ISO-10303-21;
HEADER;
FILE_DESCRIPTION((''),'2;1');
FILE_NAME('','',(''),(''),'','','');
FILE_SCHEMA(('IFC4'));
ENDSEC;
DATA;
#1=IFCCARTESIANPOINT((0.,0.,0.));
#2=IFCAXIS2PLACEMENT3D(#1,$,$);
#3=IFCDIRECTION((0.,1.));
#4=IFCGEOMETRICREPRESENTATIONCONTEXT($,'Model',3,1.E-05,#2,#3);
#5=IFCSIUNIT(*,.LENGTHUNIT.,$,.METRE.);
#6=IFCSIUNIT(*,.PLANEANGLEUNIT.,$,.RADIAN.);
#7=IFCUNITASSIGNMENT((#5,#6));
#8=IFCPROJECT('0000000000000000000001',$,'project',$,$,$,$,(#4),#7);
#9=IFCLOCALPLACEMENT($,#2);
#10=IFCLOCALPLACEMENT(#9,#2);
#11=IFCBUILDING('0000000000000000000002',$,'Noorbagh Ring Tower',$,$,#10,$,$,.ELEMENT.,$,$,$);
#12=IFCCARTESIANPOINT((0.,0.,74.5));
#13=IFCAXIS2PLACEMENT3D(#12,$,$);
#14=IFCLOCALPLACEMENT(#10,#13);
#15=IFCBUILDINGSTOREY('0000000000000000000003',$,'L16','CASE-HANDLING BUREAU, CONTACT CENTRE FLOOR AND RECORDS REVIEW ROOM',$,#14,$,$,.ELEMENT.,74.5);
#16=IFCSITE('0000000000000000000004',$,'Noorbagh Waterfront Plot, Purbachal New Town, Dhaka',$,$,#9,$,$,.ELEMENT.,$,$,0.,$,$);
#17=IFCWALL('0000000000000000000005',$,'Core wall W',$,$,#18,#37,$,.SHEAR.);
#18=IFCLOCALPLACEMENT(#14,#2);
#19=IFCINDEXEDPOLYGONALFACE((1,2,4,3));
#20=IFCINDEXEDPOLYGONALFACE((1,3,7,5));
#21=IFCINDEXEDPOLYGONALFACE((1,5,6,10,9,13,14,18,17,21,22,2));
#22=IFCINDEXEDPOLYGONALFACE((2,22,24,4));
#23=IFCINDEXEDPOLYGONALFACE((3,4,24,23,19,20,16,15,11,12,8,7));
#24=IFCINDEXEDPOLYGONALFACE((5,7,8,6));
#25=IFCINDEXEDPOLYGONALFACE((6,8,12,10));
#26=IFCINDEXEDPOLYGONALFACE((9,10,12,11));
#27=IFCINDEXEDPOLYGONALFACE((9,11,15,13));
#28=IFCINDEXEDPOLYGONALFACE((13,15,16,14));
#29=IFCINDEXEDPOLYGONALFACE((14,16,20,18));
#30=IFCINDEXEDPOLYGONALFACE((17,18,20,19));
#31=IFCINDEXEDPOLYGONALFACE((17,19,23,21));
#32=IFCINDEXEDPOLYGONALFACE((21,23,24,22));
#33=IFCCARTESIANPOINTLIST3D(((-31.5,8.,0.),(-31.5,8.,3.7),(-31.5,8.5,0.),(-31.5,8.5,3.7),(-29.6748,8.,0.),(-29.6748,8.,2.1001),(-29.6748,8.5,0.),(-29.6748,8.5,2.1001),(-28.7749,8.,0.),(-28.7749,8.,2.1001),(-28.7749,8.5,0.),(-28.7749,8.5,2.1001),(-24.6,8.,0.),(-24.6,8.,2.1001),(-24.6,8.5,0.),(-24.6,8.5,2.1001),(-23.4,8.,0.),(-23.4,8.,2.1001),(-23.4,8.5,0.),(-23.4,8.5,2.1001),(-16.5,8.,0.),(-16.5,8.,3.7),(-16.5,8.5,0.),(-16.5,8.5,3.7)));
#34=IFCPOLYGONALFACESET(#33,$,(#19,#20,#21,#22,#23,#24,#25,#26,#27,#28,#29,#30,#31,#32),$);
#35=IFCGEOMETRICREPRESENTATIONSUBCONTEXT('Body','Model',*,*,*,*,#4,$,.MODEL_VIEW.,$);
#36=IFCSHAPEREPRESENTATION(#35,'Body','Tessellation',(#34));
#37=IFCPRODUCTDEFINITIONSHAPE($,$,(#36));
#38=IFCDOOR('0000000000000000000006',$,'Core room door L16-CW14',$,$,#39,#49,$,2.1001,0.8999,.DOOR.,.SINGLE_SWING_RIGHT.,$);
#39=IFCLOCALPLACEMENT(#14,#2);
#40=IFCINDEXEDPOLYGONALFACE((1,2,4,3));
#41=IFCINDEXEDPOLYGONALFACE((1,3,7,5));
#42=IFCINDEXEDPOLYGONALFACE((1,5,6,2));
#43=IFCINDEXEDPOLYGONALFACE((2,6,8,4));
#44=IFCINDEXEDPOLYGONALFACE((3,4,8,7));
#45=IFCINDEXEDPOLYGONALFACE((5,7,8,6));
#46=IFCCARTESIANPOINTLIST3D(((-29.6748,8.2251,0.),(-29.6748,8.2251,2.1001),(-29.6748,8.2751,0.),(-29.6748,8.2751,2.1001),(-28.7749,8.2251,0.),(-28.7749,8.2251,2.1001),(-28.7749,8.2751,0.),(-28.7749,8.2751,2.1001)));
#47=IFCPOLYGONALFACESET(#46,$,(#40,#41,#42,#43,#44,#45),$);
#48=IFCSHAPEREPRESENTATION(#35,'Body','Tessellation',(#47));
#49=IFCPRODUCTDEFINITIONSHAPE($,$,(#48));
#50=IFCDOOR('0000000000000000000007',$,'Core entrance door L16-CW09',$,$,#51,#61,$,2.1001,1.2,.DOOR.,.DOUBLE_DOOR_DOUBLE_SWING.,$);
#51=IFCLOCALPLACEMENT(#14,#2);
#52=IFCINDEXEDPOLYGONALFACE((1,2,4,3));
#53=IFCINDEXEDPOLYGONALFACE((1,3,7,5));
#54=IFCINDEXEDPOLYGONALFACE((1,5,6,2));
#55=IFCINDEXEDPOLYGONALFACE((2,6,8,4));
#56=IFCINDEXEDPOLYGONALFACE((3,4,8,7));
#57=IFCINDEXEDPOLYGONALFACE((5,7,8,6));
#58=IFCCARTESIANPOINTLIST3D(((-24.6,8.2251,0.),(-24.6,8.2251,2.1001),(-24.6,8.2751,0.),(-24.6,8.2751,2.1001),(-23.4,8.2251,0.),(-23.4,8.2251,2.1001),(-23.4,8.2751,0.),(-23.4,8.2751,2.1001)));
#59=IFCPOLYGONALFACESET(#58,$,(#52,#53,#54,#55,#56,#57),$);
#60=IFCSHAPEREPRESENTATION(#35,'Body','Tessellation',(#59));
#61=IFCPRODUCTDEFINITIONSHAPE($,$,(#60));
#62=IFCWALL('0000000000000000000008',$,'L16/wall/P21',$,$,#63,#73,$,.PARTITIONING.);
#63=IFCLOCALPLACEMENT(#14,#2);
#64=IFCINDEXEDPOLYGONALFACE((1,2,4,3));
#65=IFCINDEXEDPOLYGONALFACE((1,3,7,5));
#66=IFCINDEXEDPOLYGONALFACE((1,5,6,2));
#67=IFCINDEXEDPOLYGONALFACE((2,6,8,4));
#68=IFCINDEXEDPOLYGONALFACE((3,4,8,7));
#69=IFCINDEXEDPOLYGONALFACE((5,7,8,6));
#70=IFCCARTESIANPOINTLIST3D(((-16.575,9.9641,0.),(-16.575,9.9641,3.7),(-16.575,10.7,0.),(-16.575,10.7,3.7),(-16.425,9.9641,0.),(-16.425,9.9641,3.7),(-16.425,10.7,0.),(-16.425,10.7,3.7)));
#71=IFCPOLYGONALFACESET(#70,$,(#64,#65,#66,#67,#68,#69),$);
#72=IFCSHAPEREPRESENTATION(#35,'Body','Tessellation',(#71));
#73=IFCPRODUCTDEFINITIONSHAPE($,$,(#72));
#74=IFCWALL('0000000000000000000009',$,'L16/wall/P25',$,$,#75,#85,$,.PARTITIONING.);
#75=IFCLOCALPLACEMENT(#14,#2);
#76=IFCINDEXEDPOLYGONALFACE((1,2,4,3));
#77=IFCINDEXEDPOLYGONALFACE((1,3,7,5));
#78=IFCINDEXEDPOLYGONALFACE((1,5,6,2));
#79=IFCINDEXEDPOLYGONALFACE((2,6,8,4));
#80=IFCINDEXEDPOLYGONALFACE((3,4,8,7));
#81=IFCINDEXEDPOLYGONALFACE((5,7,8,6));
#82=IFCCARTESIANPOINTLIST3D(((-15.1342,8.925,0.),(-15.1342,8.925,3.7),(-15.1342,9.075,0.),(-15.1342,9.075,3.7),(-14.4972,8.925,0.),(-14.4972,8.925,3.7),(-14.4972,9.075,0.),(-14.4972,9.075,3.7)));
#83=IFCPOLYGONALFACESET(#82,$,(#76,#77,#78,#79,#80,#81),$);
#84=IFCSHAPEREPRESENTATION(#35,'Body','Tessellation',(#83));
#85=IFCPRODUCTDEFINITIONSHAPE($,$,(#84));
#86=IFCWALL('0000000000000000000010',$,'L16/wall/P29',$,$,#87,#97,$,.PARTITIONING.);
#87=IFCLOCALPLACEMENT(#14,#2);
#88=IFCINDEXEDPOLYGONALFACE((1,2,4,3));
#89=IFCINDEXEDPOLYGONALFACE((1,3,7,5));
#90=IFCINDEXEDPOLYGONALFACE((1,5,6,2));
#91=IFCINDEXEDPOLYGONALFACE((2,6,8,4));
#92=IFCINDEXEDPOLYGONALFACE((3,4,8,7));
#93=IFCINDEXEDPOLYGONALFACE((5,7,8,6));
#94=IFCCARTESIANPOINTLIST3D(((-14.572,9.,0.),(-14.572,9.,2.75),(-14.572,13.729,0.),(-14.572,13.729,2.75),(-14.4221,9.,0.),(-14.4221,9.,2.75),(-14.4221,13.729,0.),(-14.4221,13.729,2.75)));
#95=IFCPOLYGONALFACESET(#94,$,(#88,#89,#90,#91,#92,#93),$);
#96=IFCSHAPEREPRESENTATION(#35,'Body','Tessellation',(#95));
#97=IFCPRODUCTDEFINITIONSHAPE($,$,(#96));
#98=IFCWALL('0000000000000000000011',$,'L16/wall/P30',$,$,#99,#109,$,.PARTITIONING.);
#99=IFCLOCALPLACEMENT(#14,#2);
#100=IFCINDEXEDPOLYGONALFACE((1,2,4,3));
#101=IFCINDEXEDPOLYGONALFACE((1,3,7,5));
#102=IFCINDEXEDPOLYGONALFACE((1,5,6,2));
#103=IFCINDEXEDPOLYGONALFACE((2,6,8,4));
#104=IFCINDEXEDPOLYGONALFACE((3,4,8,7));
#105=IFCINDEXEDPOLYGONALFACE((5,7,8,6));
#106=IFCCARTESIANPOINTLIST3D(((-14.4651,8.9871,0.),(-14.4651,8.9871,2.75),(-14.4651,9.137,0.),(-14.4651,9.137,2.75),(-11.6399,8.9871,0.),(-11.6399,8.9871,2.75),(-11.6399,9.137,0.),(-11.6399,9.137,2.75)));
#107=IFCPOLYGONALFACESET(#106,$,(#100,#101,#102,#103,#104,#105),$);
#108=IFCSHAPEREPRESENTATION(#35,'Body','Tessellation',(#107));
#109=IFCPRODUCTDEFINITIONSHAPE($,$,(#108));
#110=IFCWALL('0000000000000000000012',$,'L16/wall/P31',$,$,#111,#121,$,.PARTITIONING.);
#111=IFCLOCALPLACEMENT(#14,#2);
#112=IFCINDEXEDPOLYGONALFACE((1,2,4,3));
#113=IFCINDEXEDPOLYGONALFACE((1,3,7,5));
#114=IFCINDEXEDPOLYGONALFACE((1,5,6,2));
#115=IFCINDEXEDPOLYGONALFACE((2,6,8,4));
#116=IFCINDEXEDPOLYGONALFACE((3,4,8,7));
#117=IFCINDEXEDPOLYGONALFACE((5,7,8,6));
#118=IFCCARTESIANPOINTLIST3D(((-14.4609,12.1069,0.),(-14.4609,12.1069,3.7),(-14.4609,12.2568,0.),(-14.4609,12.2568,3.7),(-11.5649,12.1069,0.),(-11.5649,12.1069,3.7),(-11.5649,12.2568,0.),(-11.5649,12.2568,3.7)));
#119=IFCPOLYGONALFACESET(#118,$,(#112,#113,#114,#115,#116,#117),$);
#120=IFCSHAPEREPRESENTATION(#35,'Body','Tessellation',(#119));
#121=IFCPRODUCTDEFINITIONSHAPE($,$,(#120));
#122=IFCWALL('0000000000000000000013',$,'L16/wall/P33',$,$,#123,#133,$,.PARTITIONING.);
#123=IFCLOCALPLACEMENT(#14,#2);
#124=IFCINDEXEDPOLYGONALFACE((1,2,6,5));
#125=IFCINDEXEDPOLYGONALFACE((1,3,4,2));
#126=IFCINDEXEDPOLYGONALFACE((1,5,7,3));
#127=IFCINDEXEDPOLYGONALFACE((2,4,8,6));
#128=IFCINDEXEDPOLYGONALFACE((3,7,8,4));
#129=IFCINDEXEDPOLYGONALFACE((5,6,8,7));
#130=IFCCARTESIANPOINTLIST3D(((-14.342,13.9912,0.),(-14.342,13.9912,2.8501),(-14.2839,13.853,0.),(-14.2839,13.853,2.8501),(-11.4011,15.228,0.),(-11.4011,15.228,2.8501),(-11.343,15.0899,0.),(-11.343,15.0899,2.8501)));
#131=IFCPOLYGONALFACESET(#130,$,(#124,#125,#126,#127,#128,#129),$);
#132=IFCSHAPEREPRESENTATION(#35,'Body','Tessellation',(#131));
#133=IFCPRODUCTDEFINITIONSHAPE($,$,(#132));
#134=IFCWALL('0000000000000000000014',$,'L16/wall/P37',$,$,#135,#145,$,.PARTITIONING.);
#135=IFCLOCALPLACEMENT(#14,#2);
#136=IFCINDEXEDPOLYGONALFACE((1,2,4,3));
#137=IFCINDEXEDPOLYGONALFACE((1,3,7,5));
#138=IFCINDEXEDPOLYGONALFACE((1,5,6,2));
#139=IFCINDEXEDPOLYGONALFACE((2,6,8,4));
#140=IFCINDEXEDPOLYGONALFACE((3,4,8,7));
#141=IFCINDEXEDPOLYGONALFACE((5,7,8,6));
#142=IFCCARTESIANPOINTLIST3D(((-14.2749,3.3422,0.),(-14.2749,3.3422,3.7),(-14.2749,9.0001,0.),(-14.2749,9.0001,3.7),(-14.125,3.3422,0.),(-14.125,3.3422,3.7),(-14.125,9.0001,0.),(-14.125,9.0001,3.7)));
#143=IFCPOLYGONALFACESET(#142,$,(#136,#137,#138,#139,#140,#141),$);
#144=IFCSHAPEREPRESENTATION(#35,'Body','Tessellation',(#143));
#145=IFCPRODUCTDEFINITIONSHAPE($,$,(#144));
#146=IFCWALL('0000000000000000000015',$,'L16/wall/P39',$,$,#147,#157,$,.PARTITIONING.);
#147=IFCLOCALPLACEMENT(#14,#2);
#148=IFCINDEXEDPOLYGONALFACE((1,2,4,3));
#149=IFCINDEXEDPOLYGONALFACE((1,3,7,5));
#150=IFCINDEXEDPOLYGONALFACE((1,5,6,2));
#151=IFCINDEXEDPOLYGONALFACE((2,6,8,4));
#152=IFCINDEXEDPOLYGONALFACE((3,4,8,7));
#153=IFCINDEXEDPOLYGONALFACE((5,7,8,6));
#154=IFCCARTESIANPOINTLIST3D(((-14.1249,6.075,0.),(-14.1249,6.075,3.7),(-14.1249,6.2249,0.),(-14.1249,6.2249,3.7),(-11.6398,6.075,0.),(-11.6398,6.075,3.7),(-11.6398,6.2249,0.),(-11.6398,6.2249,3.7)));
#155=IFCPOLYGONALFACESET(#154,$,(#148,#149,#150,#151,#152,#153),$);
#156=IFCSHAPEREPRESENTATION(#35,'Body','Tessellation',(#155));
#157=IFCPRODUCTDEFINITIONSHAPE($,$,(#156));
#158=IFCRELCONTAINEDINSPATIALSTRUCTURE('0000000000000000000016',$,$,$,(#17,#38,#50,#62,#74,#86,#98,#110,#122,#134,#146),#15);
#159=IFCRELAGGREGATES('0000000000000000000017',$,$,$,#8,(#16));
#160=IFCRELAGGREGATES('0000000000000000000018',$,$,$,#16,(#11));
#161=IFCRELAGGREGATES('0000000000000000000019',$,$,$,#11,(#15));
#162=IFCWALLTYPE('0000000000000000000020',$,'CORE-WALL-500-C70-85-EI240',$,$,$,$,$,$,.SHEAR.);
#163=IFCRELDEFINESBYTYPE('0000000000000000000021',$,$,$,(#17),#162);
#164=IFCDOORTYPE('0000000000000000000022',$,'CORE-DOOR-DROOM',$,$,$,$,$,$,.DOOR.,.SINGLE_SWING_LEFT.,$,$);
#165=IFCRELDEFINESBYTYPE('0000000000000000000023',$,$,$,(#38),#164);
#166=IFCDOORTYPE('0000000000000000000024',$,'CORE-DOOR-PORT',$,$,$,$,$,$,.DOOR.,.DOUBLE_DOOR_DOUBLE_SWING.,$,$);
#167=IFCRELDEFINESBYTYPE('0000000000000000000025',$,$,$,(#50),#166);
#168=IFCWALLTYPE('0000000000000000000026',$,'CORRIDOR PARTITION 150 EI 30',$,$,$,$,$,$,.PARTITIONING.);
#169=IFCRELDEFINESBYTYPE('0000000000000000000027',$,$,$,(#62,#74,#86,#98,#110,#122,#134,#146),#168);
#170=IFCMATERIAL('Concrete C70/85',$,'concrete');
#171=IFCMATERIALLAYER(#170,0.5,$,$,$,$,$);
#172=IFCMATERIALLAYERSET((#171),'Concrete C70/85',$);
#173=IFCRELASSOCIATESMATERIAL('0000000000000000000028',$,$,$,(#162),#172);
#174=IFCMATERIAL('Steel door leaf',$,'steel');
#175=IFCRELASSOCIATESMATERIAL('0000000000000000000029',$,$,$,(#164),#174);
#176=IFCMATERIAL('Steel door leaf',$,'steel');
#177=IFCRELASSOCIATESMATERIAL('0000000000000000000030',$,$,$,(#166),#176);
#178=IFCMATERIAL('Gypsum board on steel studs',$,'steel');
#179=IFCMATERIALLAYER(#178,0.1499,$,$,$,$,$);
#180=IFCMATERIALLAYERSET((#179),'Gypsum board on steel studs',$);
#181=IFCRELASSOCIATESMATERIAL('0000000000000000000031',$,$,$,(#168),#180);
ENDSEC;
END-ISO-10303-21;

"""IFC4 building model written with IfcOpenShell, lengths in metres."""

from ifc_helpers import new_model, si_unit, direction, frame, frame_2d, origin, place, context, subcontext, project, spatial, rectangle, extrude, material, layer, layer_set, type_object, element, fill, save


model = new_model("IFC4")

# Units and contexts
model_context = context("Model", 3, precision=1e-05, world=origin(), true_north=direction((0.0, 1.0)))
body_context = subcontext(model_context, "Body", "Model", "MODEL_VIEW")
ifc_project = project(units=[si_unit("LENGTHUNIT", "METRE"), si_unit("PLANEANGLEUNIT", "RADIAN")], contexts=[model_context])

# Site, building, storey
site_placement = place(None, origin())
site = spatial("IfcSite", under=ifc_project, at=site_placement, Name="Noorbagh Waterfront Plot, Purbachal New Town, Dhaka", CompositionType="ELEMENT", RefElevation=0.0)
building_placement = place(site_placement, origin())
building = spatial("IfcBuilding", under=site, at=building_placement, Name="Noorbagh Ring Tower", CompositionType="ELEMENT")
storey_placement = place(building_placement, frame((0.0, 0.0, 74.5)))
storey = spatial("IfcBuildingStorey", under=building, at=storey_placement, Name="L16", Description="CASE-HANDLING BUREAU, CONTACT CENTRE FLOOR AND RECORDS REVIEW ROOM", CompositionType="ELEMENT", Elevation=74.5)

# Wall, openings, doors
ifc_material_1 = material(Name="Concrete C70/85", Category="concrete")
ifc_layer_1 = layer(ifc_material_1, 0.5)
ifc_layer_set_1 = layer_set([ifc_layer_1], Name="Concrete C70/85")
wall_type_1 = type_object("IfcWallType", Name="CORE-WALL-500-C70-85-EI240", PredefinedType="SHEAR", material=ifc_layer_set_1)
wall_1_placement = place(storey_placement, frame((-16.5, 8.25, 0.0), z_axis=(0.0, 0.0, 1.0), x_axis=(-1.0, 0.0, 0.0)))
wall_1 = element("IfcWall", 1, at=wall_1_placement, inside=storey, type_object=wall_type_1, Name="Core wall W", PredefinedType="SHEAR", context=body_context, shape_type="SweptSolid", body=[
    extrude(rectangle(XDim=15.0, YDim=0.5, at=frame_2d((7.5, 0.0))), origin(), (0.0, 0.0, 1.0), 3.7),
])
opening_1_placement = place(wall_1_placement, frame((6.8999, 0.0, 0.0)))
opening_1 = element("IfcOpeningElement", 2, at=opening_1_placement, cuts=wall_1, PredefinedType="OPENING", context=body_context, shape_type="SweptSolid", body=[
    extrude(rectangle(XDim=1.2, YDim=2.1001, at=frame_2d((0.6001, 1.05))), frame((0.0, 0.26, 0.0), z_axis=(0.0, -1.0, 0.0), x_axis=(1.0, 0.0, 0.0)), (0.0, 0.0, 1.0), 0.52),
])
opening_2_placement = place(wall_1_placement, frame((12.2749, 0.0, 0.0)))
opening_2 = element("IfcOpeningElement", 3, at=opening_2_placement, cuts=wall_1, PredefinedType="OPENING", context=body_context, shape_type="SweptSolid", body=[
    extrude(rectangle(XDim=0.8999, YDim=2.1001, at=frame_2d((0.45, 1.05))), frame((0.0, 0.26, 0.0), z_axis=(0.0, -1.0, 0.0), x_axis=(1.0, 0.0, 0.0)), (0.0, 0.0, 1.0), 0.52),
])
ifc_material_2 = material(Name="Steel door leaf", Category="steel")
door_type_1 = type_object("IfcDoorType", Name="CORE-DOOR-DROOM", OperationType="SINGLE_SWING_LEFT", PredefinedType="DOOR", material=ifc_material_2)
door_1_placement = place(opening_2_placement, origin())
door_1 = element("IfcDoor", 4, at=door_1_placement, inside=storey, type_object=door_type_1, Name="Core room door L16-CW14", OperationType="SINGLE_SWING_RIGHT", OverallHeight=2.1001, OverallWidth=0.8999, PredefinedType="DOOR", context=body_context, shape_type="SweptSolid", body=[
    extrude(rectangle(XDim=0.8999, YDim=2.1001, at=frame_2d((0.45, 1.05))), frame((0.0, 0.0249, 0.0), z_axis=(0.0, -1.0, 0.0), x_axis=(1.0, 0.0, 0.0)), (0.0, 0.0, 1.0), 0.05),
])
fill(opening_2, door_1)
ifc_material_3 = material(Name="Steel door leaf", Category="steel")
door_type_2 = type_object("IfcDoorType", Name="CORE-DOOR-PORT", OperationType="DOUBLE_DOOR_DOUBLE_SWING", PredefinedType="DOOR", material=ifc_material_3)
door_2_placement = place(opening_1_placement, origin())
door_2 = element("IfcDoor", 5, at=door_2_placement, inside=storey, type_object=door_type_2, Name="Core entrance door L16-CW09", OperationType="DOUBLE_DOOR_DOUBLE_SWING", OverallHeight=2.1001, OverallWidth=1.2, PredefinedType="DOOR", context=body_context, shape_type="SweptSolid", body=[
    extrude(rectangle(XDim=1.2, YDim=2.1001, at=frame_2d((0.6001, 1.05))), frame((0.0, 0.0249, 0.0), z_axis=(0.0, -1.0, 0.0), x_axis=(1.0, 0.0, 0.0)), (0.0, 0.0, 1.0), 0.05),
])
fill(opening_1, door_2)

# Walls
ifc_material_4 = material(Name="Gypsum board on steel studs", Category="steel")
ifc_layer_2 = layer(ifc_material_4, 0.1499)
ifc_layer_set_2 = layer_set([ifc_layer_2], Name="Gypsum board on steel studs")
wall_type_2 = type_object("IfcWallType", Name="CORRIDOR PARTITION 150 EI 30", PredefinedType="PARTITIONING", material=ifc_layer_set_2)
wall_2_placement = place(storey_placement, frame((-16.5, 9.9641, 0.0), z_axis=(0.0, 0.0, 1.0), x_axis=(0.0, 1.0, 0.0)))
element("IfcWall", 6, at=wall_2_placement, inside=storey, type_object=wall_type_2, Name="L16/wall/P21", PredefinedType="PARTITIONING", context=body_context, shape_type="SweptSolid", body=[
    extrude(rectangle(XDim=0.7358, YDim=0.1499, at=frame_2d((0.3679, 0.0))), origin(), (0.0, 0.0, 1.0), 3.7),
])
wall_3_placement = place(storey_placement, frame((-15.134, 9.0, 0.0), z_axis=(0.0, 0.0, 1.0), x_axis=(1.0, 0.0, 0.0)))
element("IfcWall", 7, at=wall_3_placement, inside=storey, type_object=wall_type_2, Name="L16/wall/P25", PredefinedType="PARTITIONING", context=body_context, shape_type="SweptSolid", body=[
    extrude(rectangle(XDim=0.637, YDim=0.1499, at=frame_2d((0.3184, 0.0))), origin(), (0.0, 0.0, 1.0), 3.7),
])
wall_4_placement = place(storey_placement, frame((-14.4971, 9.0, 0.0), z_axis=(0.0, 0.0, 1.0), x_axis=(0.0, 1.0, 0.0)))
element("IfcWall", 8, at=wall_4_placement, inside=storey, type_object=wall_type_2, Name="L16/wall/P29", PredefinedType="PARTITIONING", context=body_context, shape_type="SweptSolid", body=[
    extrude(rectangle(XDim=4.729, YDim=0.1499, at=frame_2d((2.3645, 0.0))), origin(), (0.0, 0.0, 1.0), 2.75),
])
wall_5_placement = place(storey_placement, frame((-14.4651, 9.062, 0.0), z_axis=(0.0, 0.0, 1.0), x_axis=(1.0, 0.0, 0.0)))
element("IfcWall", 9, at=wall_5_placement, inside=storey, type_object=wall_type_2, Name="L16/wall/P30", PredefinedType="PARTITIONING", context=body_context, shape_type="SweptSolid", body=[
    extrude(rectangle(XDim=2.8252, YDim=0.1499, at=frame_2d((1.4126, 0.0))), origin(), (0.0, 0.0, 1.0), 2.75),
])
wall_6_placement = place(storey_placement, frame((-14.4609, 12.1819, 0.0), z_axis=(0.0, 0.0, 1.0), x_axis=(1.0, 0.0, 0.0)))
element("IfcWall", 10, at=wall_6_placement, inside=storey, type_object=wall_type_2, Name="L16/wall/P31", PredefinedType="PARTITIONING", context=body_context, shape_type="SweptSolid", body=[
    extrude(rectangle(XDim=2.896, YDim=0.1499, at=frame_2d((1.448, 0.0))), origin(), (0.0, 0.0, 1.0), 3.7),
])
wall_7_placement = place(storey_placement, frame((-14.313, 13.9221, 0.0), z_axis=(0.0, 0.0, 1.0), x_axis=(0.9218, 0.387667, 0.0)))
element("IfcWall", 11, at=wall_7_placement, inside=storey, type_object=wall_type_2, Name="L16/wall/P33", PredefinedType="PARTITIONING", context=body_context, shape_type="SweptSolid", body=[
    extrude(rectangle(XDim=3.1904, YDim=0.1499, at=frame_2d((1.5952, 0.0))), origin(), (0.0, 0.0, 1.0), 2.8501),
])
wall_8_placement = place(storey_placement, frame((-14.2, 3.342, 0.0), z_axis=(0.0, 0.0, 1.0), x_axis=(0.0, 1.0, 0.0)))
element("IfcWall", 12, at=wall_8_placement, inside=storey, type_object=wall_type_2, Name="L16/wall/P37", PredefinedType="PARTITIONING", context=body_context, shape_type="SweptSolid", body=[
    extrude(rectangle(XDim=5.658, YDim=0.1499, at=frame_2d((2.8291, 0.0))), origin(), (0.0, 0.0, 1.0), 3.7),
])
wall_9_placement = place(storey_placement, frame((-14.125, 6.1499, 0.0), z_axis=(0.0, 0.0, 1.0), x_axis=(1.0, 0.0, 0.0)))
element("IfcWall", 13, at=wall_9_placement, inside=storey, type_object=wall_type_2, Name="L16/wall/P39", PredefinedType="PARTITIONING", context=body_context, shape_type="SweptSolid", body=[
    extrude(rectangle(XDim=2.4851, YDim=0.1499, at=frame_2d((1.2427, 0.0))), origin(), (0.0, 0.0, 1.0), 3.7),
])

save(model, "model.ifc")
